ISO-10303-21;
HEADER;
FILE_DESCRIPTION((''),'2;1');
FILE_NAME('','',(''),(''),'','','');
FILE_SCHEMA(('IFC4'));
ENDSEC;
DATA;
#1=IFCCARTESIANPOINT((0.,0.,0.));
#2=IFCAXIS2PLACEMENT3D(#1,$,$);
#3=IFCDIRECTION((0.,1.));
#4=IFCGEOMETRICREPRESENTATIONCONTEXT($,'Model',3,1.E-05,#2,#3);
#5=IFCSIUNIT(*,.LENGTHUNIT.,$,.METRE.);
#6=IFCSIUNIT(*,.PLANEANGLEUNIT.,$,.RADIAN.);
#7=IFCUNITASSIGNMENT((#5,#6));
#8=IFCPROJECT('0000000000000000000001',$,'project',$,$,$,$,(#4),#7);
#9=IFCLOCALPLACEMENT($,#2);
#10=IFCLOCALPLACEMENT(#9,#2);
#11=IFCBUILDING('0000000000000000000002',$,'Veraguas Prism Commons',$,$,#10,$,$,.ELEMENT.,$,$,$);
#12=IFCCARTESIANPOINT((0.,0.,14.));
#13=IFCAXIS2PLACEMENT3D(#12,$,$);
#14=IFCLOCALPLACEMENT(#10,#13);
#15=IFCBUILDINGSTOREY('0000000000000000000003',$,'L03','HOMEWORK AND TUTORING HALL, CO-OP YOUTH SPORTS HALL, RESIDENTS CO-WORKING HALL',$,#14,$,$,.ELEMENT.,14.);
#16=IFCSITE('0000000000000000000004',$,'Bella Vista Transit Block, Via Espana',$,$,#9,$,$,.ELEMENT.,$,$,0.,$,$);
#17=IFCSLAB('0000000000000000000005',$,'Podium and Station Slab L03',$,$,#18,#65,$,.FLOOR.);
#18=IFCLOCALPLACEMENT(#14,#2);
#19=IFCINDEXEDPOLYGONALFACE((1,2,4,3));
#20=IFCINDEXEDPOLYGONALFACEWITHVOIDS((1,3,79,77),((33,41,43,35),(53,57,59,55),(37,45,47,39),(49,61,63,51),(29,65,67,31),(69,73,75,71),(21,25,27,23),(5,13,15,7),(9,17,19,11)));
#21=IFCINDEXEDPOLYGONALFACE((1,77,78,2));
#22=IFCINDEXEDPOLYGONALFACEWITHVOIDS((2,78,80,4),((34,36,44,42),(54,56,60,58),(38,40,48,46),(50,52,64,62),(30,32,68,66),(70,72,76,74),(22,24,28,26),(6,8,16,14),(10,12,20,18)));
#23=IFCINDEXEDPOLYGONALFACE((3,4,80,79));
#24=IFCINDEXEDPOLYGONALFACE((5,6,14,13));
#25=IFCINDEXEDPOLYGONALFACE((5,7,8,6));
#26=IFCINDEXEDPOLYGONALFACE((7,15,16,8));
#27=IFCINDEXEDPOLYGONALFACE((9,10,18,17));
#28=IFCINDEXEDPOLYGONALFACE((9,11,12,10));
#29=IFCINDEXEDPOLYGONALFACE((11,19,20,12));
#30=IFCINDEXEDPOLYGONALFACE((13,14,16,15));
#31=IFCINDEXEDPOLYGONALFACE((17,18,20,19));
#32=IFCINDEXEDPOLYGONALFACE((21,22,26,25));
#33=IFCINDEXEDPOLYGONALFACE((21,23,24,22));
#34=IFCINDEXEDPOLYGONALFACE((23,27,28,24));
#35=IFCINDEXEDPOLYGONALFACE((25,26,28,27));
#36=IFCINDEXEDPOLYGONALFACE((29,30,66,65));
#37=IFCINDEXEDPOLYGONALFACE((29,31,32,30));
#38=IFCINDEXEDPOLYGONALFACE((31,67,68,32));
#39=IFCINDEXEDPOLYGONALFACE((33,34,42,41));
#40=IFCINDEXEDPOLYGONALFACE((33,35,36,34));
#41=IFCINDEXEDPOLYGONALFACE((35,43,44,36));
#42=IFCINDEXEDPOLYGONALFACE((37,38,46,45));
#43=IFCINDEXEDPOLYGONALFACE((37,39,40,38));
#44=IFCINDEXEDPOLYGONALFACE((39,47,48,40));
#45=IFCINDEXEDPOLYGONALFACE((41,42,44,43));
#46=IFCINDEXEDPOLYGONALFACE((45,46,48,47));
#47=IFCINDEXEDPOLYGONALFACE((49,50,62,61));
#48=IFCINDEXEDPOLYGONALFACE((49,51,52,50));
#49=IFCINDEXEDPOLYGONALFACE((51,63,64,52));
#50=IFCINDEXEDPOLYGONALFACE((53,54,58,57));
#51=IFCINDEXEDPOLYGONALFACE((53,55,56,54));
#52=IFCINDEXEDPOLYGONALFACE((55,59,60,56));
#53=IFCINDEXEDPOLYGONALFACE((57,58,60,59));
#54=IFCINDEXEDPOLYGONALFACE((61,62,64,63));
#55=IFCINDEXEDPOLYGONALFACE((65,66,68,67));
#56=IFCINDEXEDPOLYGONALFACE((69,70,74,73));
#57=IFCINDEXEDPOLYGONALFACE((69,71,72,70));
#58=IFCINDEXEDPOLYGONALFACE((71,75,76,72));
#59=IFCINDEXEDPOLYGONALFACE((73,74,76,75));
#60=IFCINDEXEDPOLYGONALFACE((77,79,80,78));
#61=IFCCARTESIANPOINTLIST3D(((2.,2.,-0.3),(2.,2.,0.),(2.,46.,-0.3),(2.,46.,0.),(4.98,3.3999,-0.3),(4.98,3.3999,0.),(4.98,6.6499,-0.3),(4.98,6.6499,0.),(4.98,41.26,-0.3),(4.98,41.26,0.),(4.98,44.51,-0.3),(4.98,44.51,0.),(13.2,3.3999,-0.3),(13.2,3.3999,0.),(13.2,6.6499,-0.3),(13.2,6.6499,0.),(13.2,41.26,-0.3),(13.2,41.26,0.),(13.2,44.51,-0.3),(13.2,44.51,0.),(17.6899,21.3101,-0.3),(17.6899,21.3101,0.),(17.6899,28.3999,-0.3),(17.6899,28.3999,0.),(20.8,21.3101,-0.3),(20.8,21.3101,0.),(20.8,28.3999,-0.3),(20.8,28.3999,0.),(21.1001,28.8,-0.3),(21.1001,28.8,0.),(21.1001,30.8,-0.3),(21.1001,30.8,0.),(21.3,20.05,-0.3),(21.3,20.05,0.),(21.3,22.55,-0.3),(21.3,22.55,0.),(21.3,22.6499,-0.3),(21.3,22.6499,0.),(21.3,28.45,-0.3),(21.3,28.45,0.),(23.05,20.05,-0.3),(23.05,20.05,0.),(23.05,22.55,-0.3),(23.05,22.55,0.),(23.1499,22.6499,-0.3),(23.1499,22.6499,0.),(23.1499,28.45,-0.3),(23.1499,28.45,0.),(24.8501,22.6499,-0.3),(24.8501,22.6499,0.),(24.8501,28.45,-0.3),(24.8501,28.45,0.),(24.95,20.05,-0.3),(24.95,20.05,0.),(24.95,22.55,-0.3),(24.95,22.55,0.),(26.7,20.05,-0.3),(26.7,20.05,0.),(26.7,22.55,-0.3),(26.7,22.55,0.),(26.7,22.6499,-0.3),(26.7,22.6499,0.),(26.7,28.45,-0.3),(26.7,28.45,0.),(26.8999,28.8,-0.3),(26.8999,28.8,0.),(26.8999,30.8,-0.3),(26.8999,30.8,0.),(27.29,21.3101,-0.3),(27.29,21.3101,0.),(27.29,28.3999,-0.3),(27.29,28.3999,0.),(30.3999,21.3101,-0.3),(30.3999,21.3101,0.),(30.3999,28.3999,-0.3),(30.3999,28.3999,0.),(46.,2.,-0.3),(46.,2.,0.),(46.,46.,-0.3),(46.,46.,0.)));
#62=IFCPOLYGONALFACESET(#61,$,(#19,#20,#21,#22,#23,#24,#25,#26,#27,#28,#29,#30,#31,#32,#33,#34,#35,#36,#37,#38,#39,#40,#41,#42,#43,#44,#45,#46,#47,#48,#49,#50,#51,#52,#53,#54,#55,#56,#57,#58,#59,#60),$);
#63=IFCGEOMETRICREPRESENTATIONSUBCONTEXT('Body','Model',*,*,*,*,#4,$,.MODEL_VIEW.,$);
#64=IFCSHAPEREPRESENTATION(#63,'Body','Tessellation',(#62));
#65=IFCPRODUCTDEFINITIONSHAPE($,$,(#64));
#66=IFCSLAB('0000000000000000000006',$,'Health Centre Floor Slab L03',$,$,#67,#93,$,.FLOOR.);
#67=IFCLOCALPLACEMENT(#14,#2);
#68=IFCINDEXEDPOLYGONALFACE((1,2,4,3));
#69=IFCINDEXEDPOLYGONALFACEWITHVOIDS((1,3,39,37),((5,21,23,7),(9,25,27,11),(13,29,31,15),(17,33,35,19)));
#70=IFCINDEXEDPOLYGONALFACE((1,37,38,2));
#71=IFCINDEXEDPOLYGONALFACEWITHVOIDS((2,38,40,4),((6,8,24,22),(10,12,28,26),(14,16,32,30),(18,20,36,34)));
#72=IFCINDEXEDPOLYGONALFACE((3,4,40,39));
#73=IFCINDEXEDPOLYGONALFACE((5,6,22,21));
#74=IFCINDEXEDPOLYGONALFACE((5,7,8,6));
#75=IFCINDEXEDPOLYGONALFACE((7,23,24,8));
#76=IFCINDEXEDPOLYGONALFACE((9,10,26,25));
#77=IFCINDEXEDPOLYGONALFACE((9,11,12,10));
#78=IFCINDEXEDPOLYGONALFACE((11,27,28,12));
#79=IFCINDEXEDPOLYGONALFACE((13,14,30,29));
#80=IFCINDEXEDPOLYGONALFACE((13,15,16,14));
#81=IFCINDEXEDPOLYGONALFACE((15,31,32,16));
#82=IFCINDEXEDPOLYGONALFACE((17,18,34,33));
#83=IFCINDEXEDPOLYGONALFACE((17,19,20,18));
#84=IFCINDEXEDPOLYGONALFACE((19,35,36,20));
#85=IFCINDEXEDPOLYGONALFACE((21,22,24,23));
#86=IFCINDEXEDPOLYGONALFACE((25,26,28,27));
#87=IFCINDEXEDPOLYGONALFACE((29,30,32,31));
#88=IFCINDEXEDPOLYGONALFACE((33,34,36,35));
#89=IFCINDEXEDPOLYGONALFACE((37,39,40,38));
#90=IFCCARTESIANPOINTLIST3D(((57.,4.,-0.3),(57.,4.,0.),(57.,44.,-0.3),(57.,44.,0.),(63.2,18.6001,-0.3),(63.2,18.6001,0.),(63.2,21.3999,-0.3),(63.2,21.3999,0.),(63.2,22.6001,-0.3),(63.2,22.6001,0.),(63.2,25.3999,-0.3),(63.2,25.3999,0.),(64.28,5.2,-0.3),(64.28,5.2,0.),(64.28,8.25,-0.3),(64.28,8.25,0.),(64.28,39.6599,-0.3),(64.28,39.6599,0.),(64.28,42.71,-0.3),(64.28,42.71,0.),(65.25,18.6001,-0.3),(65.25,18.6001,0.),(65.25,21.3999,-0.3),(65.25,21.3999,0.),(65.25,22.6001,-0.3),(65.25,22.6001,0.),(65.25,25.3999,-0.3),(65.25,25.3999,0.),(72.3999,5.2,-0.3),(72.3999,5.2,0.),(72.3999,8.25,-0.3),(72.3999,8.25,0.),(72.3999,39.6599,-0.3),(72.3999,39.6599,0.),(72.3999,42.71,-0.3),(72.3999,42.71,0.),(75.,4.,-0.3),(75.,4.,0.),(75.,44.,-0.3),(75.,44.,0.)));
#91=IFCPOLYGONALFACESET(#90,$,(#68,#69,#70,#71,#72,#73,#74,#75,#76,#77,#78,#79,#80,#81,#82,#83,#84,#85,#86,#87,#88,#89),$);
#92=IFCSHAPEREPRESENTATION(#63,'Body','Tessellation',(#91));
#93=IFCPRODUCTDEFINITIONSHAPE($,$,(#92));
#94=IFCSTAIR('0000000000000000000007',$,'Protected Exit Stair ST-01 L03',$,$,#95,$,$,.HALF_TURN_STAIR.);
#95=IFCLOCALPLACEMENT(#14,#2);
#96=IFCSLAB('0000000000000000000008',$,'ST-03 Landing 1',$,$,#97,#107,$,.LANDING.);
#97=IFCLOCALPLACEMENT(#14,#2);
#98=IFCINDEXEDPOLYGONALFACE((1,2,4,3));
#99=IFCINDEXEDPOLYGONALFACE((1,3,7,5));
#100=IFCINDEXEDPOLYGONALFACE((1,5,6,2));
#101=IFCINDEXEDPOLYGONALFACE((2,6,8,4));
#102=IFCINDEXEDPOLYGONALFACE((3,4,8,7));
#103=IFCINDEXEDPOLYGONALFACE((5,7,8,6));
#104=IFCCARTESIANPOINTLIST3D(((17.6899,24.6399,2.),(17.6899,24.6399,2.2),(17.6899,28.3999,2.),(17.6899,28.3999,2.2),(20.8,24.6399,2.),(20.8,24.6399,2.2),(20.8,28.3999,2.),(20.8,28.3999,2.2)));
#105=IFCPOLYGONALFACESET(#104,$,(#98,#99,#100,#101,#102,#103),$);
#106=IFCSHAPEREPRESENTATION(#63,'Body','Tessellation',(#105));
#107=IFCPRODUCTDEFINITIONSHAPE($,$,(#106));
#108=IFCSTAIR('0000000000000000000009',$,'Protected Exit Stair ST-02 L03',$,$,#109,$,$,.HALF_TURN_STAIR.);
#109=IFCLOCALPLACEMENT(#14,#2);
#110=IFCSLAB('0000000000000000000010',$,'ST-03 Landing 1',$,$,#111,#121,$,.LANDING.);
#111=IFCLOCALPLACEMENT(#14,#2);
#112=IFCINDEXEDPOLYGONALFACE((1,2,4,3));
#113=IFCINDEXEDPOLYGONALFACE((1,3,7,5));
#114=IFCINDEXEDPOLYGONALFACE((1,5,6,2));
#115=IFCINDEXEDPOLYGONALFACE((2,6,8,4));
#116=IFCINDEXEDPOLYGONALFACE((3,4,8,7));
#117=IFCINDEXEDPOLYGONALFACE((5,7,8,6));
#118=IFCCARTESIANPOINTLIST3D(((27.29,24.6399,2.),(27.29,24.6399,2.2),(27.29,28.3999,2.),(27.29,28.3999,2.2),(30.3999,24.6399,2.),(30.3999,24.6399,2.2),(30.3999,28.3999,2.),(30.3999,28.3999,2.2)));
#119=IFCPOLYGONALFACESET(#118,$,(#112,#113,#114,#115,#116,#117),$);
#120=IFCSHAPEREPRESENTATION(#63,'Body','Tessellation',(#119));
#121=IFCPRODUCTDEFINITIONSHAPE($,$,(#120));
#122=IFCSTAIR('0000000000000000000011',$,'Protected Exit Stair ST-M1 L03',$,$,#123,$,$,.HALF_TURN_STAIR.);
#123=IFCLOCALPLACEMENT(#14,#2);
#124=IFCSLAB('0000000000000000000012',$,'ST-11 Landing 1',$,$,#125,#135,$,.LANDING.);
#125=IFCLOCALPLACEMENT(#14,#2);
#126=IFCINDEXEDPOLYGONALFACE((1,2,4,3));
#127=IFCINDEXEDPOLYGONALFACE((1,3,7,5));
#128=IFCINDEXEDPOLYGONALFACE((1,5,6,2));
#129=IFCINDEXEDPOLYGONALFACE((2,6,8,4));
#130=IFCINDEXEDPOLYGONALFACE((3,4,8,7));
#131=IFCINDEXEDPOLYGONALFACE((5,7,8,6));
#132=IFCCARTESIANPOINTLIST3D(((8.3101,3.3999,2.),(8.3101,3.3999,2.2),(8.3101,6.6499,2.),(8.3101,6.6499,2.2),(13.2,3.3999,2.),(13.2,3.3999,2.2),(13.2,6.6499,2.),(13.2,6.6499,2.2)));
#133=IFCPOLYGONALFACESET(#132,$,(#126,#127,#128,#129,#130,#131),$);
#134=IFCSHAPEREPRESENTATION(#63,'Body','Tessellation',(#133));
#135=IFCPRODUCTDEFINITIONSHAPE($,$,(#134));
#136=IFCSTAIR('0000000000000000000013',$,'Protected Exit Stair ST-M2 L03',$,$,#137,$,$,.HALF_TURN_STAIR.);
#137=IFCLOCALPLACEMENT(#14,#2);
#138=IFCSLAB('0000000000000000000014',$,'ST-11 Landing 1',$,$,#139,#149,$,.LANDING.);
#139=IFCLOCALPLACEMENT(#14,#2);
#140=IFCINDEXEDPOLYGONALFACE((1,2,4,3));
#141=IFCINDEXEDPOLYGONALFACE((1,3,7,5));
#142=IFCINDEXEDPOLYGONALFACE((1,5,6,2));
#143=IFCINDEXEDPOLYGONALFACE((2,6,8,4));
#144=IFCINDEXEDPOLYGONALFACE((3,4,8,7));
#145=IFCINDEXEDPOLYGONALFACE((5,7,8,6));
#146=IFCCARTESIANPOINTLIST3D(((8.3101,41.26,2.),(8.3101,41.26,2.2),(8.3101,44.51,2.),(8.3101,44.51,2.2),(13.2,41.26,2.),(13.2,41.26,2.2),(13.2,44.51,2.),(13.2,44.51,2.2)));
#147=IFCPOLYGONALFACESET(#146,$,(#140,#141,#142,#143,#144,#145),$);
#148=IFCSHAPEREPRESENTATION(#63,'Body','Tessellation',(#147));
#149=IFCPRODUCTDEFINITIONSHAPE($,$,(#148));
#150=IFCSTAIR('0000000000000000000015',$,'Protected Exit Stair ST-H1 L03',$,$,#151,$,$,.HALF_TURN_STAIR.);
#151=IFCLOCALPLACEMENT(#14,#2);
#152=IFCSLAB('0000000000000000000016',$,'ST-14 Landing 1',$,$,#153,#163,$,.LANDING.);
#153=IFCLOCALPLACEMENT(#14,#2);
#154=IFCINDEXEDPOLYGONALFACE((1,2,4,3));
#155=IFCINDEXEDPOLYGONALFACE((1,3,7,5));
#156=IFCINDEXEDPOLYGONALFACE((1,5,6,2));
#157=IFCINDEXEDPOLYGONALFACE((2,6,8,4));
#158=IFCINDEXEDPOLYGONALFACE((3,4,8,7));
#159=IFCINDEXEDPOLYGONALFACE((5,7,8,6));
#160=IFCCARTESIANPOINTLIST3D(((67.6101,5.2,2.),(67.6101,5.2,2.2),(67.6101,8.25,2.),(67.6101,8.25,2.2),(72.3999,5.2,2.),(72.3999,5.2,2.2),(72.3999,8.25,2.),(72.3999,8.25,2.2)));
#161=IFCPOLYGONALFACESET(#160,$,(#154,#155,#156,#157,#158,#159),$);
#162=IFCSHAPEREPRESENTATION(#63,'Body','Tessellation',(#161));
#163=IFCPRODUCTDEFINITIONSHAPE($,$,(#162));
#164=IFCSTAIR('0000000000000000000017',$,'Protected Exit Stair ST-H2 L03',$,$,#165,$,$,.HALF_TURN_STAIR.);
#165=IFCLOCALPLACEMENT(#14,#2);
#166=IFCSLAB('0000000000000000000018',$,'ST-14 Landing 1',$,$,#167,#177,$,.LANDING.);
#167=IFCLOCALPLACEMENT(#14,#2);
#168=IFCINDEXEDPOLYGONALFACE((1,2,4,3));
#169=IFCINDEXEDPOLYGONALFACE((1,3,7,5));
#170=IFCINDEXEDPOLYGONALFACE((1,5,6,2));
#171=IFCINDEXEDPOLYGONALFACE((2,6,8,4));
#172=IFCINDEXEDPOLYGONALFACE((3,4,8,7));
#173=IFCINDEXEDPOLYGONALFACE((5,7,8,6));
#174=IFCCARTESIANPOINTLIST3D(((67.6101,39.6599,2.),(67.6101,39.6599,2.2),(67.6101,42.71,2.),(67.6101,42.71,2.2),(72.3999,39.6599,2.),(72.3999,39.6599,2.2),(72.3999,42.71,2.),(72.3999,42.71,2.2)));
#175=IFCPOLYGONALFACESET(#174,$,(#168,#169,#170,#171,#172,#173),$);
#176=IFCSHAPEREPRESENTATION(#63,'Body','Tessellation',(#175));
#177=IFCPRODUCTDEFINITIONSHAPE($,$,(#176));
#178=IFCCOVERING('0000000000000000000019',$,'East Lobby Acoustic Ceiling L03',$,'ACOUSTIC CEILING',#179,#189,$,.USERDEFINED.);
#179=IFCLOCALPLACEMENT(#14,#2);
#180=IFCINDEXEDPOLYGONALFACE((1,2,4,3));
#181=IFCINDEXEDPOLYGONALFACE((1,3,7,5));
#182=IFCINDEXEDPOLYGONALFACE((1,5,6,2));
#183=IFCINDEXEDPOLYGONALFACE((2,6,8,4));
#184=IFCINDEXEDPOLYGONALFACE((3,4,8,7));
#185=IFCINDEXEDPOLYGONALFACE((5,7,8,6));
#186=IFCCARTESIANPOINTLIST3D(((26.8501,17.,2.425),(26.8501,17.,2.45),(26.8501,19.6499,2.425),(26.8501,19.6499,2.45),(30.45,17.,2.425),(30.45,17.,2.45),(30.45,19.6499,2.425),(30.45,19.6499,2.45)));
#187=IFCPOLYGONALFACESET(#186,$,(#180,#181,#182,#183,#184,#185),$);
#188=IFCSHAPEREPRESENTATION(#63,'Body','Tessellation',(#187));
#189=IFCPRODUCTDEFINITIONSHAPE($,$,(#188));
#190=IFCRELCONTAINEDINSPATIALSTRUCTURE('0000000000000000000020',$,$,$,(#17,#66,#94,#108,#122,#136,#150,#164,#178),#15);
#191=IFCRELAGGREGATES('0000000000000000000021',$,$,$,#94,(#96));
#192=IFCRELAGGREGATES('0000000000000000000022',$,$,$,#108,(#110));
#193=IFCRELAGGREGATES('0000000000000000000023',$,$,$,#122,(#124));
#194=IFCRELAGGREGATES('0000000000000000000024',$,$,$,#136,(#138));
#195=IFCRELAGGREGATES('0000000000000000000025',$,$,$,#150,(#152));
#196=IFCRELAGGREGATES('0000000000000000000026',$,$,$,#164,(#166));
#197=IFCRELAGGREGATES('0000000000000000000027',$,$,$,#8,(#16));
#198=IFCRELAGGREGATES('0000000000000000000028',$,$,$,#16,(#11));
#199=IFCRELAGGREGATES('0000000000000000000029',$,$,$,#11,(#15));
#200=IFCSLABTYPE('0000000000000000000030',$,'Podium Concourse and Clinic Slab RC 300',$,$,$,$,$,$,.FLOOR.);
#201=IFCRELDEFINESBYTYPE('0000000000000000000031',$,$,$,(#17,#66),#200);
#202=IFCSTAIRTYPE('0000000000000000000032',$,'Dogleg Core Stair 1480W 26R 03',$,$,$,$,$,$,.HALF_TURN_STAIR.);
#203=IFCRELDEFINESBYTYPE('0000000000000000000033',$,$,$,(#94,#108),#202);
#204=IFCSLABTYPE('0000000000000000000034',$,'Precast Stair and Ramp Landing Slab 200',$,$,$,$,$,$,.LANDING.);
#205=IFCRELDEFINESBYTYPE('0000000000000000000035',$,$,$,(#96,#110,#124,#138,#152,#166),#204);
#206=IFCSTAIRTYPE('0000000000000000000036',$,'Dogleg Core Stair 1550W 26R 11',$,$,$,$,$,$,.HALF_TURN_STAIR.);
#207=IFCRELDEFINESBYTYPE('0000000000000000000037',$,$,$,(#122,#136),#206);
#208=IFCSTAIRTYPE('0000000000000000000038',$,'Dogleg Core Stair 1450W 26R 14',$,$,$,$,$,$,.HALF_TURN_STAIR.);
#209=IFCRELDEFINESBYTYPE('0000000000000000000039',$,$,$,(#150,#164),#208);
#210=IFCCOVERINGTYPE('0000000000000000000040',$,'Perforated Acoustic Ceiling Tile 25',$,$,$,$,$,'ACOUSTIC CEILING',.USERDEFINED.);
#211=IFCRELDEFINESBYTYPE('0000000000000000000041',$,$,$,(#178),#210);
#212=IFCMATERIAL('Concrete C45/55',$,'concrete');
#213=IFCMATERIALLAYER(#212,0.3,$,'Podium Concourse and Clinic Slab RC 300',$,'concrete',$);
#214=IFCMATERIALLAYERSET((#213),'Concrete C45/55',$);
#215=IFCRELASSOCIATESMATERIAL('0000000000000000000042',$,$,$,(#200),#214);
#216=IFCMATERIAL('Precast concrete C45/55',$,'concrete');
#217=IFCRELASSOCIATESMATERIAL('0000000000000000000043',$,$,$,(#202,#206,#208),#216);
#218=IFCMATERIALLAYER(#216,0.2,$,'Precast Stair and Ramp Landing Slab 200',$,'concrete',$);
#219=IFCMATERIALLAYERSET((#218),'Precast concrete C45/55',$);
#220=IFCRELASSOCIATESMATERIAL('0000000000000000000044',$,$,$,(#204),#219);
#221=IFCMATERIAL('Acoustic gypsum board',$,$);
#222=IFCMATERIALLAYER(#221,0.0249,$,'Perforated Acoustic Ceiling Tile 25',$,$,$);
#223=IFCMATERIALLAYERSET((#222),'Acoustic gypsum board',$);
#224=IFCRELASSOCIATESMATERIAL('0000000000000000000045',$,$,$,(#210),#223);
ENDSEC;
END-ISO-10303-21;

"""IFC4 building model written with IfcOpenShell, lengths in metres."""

from ifc_helpers import new_model, si_unit, direction, frame, origin, place, context, subcontext, project, spatial, polyline, outline, extrude, material, layer, layer_set, type_object, element, aggregate, save


model = new_model("IFC4")

# Units and contexts
model_context = context("Model", 3, precision=1e-05, world=origin(), true_north=direction((0.0, 1.0)))
body_context = subcontext(model_context, "Body", "Model", "MODEL_VIEW")
ifc_project = project(units=[si_unit("LENGTHUNIT", "METRE"), si_unit("PLANEANGLEUNIT", "RADIAN")], contexts=[model_context])

# Site, building, storey
site_placement = place(None, origin())
site = spatial("IfcSite", under=ifc_project, at=site_placement, Name="Bella Vista Transit Block, Via Espana", CompositionType="ELEMENT", RefElevation=0.0)
building_placement = place(site_placement, origin())
building = spatial("IfcBuilding", under=site, at=building_placement, Name="Veraguas Prism Commons", CompositionType="ELEMENT")
storey_placement = place(building_placement, frame((0.0, 0.0, 14.0)))
storey = spatial("IfcBuildingStorey", under=building, at=storey_placement, Name="L03", Description="HOMEWORK AND TUTORING HALL, CO-OP YOUTH SPORTS HALL, RESIDENTS CO-WORKING HALL", CompositionType="ELEMENT", Elevation=14.0)

# Slabs
ifc_material_1 = material(Name="Concrete C45/55", Category="concrete")
ifc_layer_1 = layer(ifc_material_1, 0.3, Name="Podium Concourse and Clinic Slab RC 300", Category="concrete")
ifc_layer_set_1 = layer_set([ifc_layer_1], Name="Concrete C45/55")
slab_type_1 = type_object("IfcSlabType", Name="Podium Concourse and Clinic Slab RC 300", PredefinedType="FLOOR", material=ifc_layer_set_1)
slab_1_placement = place(storey_placement, frame((0.0, 0.0, -0.3)))
element("IfcSlab", 1, at=slab_1_placement, inside=storey, type_object=slab_type_1, Name="Podium and Station Slab L03", PredefinedType="FLOOR", context=body_context, shape_type="SweptSolid", body=[
    extrude(outline(polyline([(2.0, 2.0), (46.0, 2.0), (46.0, 46.0), (2.0, 46.0), (2.0, 2.0)]), holes=[polyline([(20.8, 21.3101), (20.8, 28.3999), (17.6899, 28.3999), (17.6899, 21.3101), (20.8, 21.3101)]), polyline([(30.3999, 21.3101), (30.3999, 28.3999), (27.29, 28.3999), (27.29, 21.3101), (30.3999, 21.3101)]), polyline([(4.98, 3.3999), (13.2, 3.3999), (13.2, 6.6499), (4.98, 6.6499), (4.98, 3.3999)]), polyline([(4.98, 41.26), (13.2, 41.26), (13.2, 44.51), (4.98, 44.51), (4.98, 41.26)]), polyline([(21.3, 22.6499), (23.1499, 22.6499), (23.1499, 28.45), (21.3, 28.45), (21.3, 22.6499)]), polyline([(24.8501, 22.6499), (26.7, 22.6499), (26.7, 28.45), (24.8501, 28.45), (24.8501, 22.6499)]), polyline([(21.1001, 28.8), (26.8999, 28.8), (26.8999, 30.8), (21.1001, 30.8), (21.1001, 28.8)]), polyline([(21.3, 20.05), (23.05, 20.05), (23.05, 22.55), (21.3, 22.55), (21.3, 20.05)]), polyline([(24.95, 20.05), (26.7, 20.05), (26.7, 22.55), (24.95, 22.55), (24.95, 20.05)])]), origin(), (0.0, 0.0, 1.0), 0.3),
])
slab_2_placement = place(storey_placement, frame((0.0, 0.0, -0.3)))
element("IfcSlab", 2, at=slab_2_placement, inside=storey, type_object=slab_type_1, Name="Health Centre Floor Slab L03", PredefinedType="FLOOR", context=body_context, shape_type="SweptSolid", body=[
    extrude(outline(polyline([(57.0, 4.0), (75.0, 4.0), (75.0, 44.0), (57.0, 44.0), (57.0, 4.0)]), holes=[polyline([(64.28, 5.2), (72.3999, 5.2), (72.3999, 8.25), (64.28, 8.25), (64.28, 5.2)]), polyline([(64.28, 39.6599), (72.3999, 39.6599), (72.3999, 42.71), (64.28, 42.71), (64.28, 39.6599)]), polyline([(63.2, 18.6001), (65.25, 18.6001), (65.25, 21.3999), (63.2, 21.3999), (63.2, 18.6001)]), polyline([(63.2, 22.6001), (65.25, 22.6001), (65.25, 25.3999), (63.2, 25.3999), (63.2, 22.6001)])]), origin(), (0.0, 0.0, 1.0), 0.3),
])

# Stairs, slabs
ifc_material_2 = material(Name="Precast concrete C45/55", Category="concrete")
stair_type_1 = type_object("IfcStairType", Name="Dogleg Core Stair 1480W 26R 03", PredefinedType="HALF_TURN_STAIR", material=ifc_material_2)
stair_1_placement = place(storey_placement, origin())
stair_1 = element("IfcStair", 3, at=stair_1_placement, inside=storey, type_object=stair_type_1, Name="Protected Exit Stair ST-01 L03", PredefinedType="HALF_TURN_STAIR")
ifc_layer_2 = layer(ifc_material_2, 0.2, Name="Precast Stair and Ramp Landing Slab 200", Category="concrete")
ifc_layer_set_2 = layer_set([ifc_layer_2], Name="Precast concrete C45/55")
slab_type_2 = type_object("IfcSlabType", Name="Precast Stair and Ramp Landing Slab 200", PredefinedType="LANDING", material=ifc_layer_set_2)
slab_3_placement = place(storey_placement, frame((0.0, 0.0, 2.0)))
slab_3 = element("IfcSlab", 4, at=slab_3_placement, type_object=slab_type_2, Name="ST-03 Landing 1", PredefinedType="LANDING", context=body_context, shape_type="SweptSolid", body=[
    extrude(outline(polyline([(20.8, 24.6399), (20.8, 28.3999), (17.6899, 28.3999), (17.6899, 24.6399), (20.8, 24.6399)])), origin(), (0.0, 0.0, 1.0), 0.2),
])
aggregate(stair_1, [slab_3])
stair_2_placement = place(storey_placement, origin())
stair_2 = element("IfcStair", 5, at=stair_2_placement, inside=storey, type_object=stair_type_1, Name="Protected Exit Stair ST-02 L03", PredefinedType="HALF_TURN_STAIR")
slab_4_placement = place(storey_placement, frame((0.0, 0.0, 2.0)))
slab_4 = element("IfcSlab", 6, at=slab_4_placement, type_object=slab_type_2, Name="ST-03 Landing 1", PredefinedType="LANDING", context=body_context, shape_type="SweptSolid", body=[
    extrude(outline(polyline([(30.3999, 24.6399), (30.3999, 28.3999), (27.29, 28.3999), (27.29, 24.6399), (30.3999, 24.6399)])), origin(), (0.0, 0.0, 1.0), 0.2),
])
aggregate(stair_2, [slab_4])
stair_type_2 = type_object("IfcStairType", Name="Dogleg Core Stair 1550W 26R 11", PredefinedType="HALF_TURN_STAIR", material=ifc_material_2)
stair_3_placement = place(storey_placement, origin())
stair_3 = element("IfcStair", 7, at=stair_3_placement, inside=storey, type_object=stair_type_2, Name="Protected Exit Stair ST-M1 L03", PredefinedType="HALF_TURN_STAIR")
slab_5_placement = place(storey_placement, frame((0.0, 0.0, 2.0)))
slab_5 = element("IfcSlab", 8, at=slab_5_placement, type_object=slab_type_2, Name="ST-11 Landing 1", PredefinedType="LANDING", context=body_context, shape_type="SweptSolid", body=[
    extrude(outline(polyline([(8.3101, 3.3999), (13.2, 3.3999), (13.2, 6.6499), (8.3101, 6.6499), (8.3101, 3.3999)])), origin(), (0.0, 0.0, 1.0), 0.2),
])
aggregate(stair_3, [slab_5])
stair_4_placement = place(storey_placement, origin())
stair_4 = element("IfcStair", 9, at=stair_4_placement, inside=storey, type_object=stair_type_2, Name="Protected Exit Stair ST-M2 L03", PredefinedType="HALF_TURN_STAIR")
slab_6_placement = place(storey_placement, frame((0.0, 0.0, 2.0)))
slab_6 = element("IfcSlab", 10, at=slab_6_placement, type_object=slab_type_2, Name="ST-11 Landing 1", PredefinedType="LANDING", context=body_context, shape_type="SweptSolid", body=[
    extrude(outline(polyline([(8.3101, 41.26), (13.2, 41.26), (13.2, 44.51), (8.3101, 44.51), (8.3101, 41.26)])), origin(), (0.0, 0.0, 1.0), 0.2),
])
aggregate(stair_4, [slab_6])
stair_type_3 = type_object("IfcStairType", Name="Dogleg Core Stair 1450W 26R 14", PredefinedType="HALF_TURN_STAIR", material=ifc_material_2)
stair_5_placement = place(storey_placement, origin())
stair_5 = element("IfcStair", 11, at=stair_5_placement, inside=storey, type_object=stair_type_3, Name="Protected Exit Stair ST-H1 L03", PredefinedType="HALF_TURN_STAIR")
slab_7_placement = place(storey_placement, frame((0.0, 0.0, 2.0)))
slab_7 = element("IfcSlab", 12, at=slab_7_placement, type_object=slab_type_2, Name="ST-14 Landing 1", PredefinedType="LANDING", context=body_context, shape_type="SweptSolid", body=[
    extrude(outline(polyline([(67.6101, 5.2), (72.3999, 5.2), (72.3999, 8.25), (67.6101, 8.25), (67.6101, 5.2)])), origin(), (0.0, 0.0, 1.0), 0.2),
])
aggregate(stair_5, [slab_7])
stair_6_placement = place(storey_placement, origin())
stair_6 = element("IfcStair", 13, at=stair_6_placement, inside=storey, type_object=stair_type_3, Name="Protected Exit Stair ST-H2 L03", PredefinedType="HALF_TURN_STAIR")
slab_8_placement = place(storey_placement, frame((0.0, 0.0, 2.0)))
slab_8 = element("IfcSlab", 14, at=slab_8_placement, type_object=slab_type_2, Name="ST-14 Landing 1", PredefinedType="LANDING", context=body_context, shape_type="SweptSolid", body=[
    extrude(outline(polyline([(67.6101, 39.6599), (72.3999, 39.6599), (72.3999, 42.71), (67.6101, 42.71), (67.6101, 39.6599)])), origin(), (0.0, 0.0, 1.0), 0.2),
])
aggregate(stair_6, [slab_8])

# Covering
ifc_material_3 = material(Name="Acoustic gypsum board")
ifc_layer_3 = layer(ifc_material_3, 0.0249, Name="Perforated Acoustic Ceiling Tile 25")
ifc_layer_set_3 = layer_set([ifc_layer_3], Name="Acoustic gypsum board")
covering_type_1 = type_object("IfcCoveringType", Name="Perforated Acoustic Ceiling Tile 25", ElementType="ACOUSTIC CEILING", PredefinedType="USERDEFINED", material=ifc_layer_set_3)
covering_1_placement = place(storey_placement, frame((0.0, 0.0, 2.425)))
element("IfcCovering", 15, at=covering_1_placement, inside=storey, type_object=covering_type_1, Name="East Lobby Acoustic Ceiling L03", ObjectType="ACOUSTIC CEILING", PredefinedType="USERDEFINED", context=body_context, shape_type="SweptSolid", body=[
    extrude(outline(polyline([(26.8501, 17.0), (30.45, 17.0), (30.45, 19.6499), (26.8501, 19.6499), (26.8501, 17.0)])), origin(), (0.0, 0.0, 1.0), 0.0249),
])

save(model, "model.ifc")
